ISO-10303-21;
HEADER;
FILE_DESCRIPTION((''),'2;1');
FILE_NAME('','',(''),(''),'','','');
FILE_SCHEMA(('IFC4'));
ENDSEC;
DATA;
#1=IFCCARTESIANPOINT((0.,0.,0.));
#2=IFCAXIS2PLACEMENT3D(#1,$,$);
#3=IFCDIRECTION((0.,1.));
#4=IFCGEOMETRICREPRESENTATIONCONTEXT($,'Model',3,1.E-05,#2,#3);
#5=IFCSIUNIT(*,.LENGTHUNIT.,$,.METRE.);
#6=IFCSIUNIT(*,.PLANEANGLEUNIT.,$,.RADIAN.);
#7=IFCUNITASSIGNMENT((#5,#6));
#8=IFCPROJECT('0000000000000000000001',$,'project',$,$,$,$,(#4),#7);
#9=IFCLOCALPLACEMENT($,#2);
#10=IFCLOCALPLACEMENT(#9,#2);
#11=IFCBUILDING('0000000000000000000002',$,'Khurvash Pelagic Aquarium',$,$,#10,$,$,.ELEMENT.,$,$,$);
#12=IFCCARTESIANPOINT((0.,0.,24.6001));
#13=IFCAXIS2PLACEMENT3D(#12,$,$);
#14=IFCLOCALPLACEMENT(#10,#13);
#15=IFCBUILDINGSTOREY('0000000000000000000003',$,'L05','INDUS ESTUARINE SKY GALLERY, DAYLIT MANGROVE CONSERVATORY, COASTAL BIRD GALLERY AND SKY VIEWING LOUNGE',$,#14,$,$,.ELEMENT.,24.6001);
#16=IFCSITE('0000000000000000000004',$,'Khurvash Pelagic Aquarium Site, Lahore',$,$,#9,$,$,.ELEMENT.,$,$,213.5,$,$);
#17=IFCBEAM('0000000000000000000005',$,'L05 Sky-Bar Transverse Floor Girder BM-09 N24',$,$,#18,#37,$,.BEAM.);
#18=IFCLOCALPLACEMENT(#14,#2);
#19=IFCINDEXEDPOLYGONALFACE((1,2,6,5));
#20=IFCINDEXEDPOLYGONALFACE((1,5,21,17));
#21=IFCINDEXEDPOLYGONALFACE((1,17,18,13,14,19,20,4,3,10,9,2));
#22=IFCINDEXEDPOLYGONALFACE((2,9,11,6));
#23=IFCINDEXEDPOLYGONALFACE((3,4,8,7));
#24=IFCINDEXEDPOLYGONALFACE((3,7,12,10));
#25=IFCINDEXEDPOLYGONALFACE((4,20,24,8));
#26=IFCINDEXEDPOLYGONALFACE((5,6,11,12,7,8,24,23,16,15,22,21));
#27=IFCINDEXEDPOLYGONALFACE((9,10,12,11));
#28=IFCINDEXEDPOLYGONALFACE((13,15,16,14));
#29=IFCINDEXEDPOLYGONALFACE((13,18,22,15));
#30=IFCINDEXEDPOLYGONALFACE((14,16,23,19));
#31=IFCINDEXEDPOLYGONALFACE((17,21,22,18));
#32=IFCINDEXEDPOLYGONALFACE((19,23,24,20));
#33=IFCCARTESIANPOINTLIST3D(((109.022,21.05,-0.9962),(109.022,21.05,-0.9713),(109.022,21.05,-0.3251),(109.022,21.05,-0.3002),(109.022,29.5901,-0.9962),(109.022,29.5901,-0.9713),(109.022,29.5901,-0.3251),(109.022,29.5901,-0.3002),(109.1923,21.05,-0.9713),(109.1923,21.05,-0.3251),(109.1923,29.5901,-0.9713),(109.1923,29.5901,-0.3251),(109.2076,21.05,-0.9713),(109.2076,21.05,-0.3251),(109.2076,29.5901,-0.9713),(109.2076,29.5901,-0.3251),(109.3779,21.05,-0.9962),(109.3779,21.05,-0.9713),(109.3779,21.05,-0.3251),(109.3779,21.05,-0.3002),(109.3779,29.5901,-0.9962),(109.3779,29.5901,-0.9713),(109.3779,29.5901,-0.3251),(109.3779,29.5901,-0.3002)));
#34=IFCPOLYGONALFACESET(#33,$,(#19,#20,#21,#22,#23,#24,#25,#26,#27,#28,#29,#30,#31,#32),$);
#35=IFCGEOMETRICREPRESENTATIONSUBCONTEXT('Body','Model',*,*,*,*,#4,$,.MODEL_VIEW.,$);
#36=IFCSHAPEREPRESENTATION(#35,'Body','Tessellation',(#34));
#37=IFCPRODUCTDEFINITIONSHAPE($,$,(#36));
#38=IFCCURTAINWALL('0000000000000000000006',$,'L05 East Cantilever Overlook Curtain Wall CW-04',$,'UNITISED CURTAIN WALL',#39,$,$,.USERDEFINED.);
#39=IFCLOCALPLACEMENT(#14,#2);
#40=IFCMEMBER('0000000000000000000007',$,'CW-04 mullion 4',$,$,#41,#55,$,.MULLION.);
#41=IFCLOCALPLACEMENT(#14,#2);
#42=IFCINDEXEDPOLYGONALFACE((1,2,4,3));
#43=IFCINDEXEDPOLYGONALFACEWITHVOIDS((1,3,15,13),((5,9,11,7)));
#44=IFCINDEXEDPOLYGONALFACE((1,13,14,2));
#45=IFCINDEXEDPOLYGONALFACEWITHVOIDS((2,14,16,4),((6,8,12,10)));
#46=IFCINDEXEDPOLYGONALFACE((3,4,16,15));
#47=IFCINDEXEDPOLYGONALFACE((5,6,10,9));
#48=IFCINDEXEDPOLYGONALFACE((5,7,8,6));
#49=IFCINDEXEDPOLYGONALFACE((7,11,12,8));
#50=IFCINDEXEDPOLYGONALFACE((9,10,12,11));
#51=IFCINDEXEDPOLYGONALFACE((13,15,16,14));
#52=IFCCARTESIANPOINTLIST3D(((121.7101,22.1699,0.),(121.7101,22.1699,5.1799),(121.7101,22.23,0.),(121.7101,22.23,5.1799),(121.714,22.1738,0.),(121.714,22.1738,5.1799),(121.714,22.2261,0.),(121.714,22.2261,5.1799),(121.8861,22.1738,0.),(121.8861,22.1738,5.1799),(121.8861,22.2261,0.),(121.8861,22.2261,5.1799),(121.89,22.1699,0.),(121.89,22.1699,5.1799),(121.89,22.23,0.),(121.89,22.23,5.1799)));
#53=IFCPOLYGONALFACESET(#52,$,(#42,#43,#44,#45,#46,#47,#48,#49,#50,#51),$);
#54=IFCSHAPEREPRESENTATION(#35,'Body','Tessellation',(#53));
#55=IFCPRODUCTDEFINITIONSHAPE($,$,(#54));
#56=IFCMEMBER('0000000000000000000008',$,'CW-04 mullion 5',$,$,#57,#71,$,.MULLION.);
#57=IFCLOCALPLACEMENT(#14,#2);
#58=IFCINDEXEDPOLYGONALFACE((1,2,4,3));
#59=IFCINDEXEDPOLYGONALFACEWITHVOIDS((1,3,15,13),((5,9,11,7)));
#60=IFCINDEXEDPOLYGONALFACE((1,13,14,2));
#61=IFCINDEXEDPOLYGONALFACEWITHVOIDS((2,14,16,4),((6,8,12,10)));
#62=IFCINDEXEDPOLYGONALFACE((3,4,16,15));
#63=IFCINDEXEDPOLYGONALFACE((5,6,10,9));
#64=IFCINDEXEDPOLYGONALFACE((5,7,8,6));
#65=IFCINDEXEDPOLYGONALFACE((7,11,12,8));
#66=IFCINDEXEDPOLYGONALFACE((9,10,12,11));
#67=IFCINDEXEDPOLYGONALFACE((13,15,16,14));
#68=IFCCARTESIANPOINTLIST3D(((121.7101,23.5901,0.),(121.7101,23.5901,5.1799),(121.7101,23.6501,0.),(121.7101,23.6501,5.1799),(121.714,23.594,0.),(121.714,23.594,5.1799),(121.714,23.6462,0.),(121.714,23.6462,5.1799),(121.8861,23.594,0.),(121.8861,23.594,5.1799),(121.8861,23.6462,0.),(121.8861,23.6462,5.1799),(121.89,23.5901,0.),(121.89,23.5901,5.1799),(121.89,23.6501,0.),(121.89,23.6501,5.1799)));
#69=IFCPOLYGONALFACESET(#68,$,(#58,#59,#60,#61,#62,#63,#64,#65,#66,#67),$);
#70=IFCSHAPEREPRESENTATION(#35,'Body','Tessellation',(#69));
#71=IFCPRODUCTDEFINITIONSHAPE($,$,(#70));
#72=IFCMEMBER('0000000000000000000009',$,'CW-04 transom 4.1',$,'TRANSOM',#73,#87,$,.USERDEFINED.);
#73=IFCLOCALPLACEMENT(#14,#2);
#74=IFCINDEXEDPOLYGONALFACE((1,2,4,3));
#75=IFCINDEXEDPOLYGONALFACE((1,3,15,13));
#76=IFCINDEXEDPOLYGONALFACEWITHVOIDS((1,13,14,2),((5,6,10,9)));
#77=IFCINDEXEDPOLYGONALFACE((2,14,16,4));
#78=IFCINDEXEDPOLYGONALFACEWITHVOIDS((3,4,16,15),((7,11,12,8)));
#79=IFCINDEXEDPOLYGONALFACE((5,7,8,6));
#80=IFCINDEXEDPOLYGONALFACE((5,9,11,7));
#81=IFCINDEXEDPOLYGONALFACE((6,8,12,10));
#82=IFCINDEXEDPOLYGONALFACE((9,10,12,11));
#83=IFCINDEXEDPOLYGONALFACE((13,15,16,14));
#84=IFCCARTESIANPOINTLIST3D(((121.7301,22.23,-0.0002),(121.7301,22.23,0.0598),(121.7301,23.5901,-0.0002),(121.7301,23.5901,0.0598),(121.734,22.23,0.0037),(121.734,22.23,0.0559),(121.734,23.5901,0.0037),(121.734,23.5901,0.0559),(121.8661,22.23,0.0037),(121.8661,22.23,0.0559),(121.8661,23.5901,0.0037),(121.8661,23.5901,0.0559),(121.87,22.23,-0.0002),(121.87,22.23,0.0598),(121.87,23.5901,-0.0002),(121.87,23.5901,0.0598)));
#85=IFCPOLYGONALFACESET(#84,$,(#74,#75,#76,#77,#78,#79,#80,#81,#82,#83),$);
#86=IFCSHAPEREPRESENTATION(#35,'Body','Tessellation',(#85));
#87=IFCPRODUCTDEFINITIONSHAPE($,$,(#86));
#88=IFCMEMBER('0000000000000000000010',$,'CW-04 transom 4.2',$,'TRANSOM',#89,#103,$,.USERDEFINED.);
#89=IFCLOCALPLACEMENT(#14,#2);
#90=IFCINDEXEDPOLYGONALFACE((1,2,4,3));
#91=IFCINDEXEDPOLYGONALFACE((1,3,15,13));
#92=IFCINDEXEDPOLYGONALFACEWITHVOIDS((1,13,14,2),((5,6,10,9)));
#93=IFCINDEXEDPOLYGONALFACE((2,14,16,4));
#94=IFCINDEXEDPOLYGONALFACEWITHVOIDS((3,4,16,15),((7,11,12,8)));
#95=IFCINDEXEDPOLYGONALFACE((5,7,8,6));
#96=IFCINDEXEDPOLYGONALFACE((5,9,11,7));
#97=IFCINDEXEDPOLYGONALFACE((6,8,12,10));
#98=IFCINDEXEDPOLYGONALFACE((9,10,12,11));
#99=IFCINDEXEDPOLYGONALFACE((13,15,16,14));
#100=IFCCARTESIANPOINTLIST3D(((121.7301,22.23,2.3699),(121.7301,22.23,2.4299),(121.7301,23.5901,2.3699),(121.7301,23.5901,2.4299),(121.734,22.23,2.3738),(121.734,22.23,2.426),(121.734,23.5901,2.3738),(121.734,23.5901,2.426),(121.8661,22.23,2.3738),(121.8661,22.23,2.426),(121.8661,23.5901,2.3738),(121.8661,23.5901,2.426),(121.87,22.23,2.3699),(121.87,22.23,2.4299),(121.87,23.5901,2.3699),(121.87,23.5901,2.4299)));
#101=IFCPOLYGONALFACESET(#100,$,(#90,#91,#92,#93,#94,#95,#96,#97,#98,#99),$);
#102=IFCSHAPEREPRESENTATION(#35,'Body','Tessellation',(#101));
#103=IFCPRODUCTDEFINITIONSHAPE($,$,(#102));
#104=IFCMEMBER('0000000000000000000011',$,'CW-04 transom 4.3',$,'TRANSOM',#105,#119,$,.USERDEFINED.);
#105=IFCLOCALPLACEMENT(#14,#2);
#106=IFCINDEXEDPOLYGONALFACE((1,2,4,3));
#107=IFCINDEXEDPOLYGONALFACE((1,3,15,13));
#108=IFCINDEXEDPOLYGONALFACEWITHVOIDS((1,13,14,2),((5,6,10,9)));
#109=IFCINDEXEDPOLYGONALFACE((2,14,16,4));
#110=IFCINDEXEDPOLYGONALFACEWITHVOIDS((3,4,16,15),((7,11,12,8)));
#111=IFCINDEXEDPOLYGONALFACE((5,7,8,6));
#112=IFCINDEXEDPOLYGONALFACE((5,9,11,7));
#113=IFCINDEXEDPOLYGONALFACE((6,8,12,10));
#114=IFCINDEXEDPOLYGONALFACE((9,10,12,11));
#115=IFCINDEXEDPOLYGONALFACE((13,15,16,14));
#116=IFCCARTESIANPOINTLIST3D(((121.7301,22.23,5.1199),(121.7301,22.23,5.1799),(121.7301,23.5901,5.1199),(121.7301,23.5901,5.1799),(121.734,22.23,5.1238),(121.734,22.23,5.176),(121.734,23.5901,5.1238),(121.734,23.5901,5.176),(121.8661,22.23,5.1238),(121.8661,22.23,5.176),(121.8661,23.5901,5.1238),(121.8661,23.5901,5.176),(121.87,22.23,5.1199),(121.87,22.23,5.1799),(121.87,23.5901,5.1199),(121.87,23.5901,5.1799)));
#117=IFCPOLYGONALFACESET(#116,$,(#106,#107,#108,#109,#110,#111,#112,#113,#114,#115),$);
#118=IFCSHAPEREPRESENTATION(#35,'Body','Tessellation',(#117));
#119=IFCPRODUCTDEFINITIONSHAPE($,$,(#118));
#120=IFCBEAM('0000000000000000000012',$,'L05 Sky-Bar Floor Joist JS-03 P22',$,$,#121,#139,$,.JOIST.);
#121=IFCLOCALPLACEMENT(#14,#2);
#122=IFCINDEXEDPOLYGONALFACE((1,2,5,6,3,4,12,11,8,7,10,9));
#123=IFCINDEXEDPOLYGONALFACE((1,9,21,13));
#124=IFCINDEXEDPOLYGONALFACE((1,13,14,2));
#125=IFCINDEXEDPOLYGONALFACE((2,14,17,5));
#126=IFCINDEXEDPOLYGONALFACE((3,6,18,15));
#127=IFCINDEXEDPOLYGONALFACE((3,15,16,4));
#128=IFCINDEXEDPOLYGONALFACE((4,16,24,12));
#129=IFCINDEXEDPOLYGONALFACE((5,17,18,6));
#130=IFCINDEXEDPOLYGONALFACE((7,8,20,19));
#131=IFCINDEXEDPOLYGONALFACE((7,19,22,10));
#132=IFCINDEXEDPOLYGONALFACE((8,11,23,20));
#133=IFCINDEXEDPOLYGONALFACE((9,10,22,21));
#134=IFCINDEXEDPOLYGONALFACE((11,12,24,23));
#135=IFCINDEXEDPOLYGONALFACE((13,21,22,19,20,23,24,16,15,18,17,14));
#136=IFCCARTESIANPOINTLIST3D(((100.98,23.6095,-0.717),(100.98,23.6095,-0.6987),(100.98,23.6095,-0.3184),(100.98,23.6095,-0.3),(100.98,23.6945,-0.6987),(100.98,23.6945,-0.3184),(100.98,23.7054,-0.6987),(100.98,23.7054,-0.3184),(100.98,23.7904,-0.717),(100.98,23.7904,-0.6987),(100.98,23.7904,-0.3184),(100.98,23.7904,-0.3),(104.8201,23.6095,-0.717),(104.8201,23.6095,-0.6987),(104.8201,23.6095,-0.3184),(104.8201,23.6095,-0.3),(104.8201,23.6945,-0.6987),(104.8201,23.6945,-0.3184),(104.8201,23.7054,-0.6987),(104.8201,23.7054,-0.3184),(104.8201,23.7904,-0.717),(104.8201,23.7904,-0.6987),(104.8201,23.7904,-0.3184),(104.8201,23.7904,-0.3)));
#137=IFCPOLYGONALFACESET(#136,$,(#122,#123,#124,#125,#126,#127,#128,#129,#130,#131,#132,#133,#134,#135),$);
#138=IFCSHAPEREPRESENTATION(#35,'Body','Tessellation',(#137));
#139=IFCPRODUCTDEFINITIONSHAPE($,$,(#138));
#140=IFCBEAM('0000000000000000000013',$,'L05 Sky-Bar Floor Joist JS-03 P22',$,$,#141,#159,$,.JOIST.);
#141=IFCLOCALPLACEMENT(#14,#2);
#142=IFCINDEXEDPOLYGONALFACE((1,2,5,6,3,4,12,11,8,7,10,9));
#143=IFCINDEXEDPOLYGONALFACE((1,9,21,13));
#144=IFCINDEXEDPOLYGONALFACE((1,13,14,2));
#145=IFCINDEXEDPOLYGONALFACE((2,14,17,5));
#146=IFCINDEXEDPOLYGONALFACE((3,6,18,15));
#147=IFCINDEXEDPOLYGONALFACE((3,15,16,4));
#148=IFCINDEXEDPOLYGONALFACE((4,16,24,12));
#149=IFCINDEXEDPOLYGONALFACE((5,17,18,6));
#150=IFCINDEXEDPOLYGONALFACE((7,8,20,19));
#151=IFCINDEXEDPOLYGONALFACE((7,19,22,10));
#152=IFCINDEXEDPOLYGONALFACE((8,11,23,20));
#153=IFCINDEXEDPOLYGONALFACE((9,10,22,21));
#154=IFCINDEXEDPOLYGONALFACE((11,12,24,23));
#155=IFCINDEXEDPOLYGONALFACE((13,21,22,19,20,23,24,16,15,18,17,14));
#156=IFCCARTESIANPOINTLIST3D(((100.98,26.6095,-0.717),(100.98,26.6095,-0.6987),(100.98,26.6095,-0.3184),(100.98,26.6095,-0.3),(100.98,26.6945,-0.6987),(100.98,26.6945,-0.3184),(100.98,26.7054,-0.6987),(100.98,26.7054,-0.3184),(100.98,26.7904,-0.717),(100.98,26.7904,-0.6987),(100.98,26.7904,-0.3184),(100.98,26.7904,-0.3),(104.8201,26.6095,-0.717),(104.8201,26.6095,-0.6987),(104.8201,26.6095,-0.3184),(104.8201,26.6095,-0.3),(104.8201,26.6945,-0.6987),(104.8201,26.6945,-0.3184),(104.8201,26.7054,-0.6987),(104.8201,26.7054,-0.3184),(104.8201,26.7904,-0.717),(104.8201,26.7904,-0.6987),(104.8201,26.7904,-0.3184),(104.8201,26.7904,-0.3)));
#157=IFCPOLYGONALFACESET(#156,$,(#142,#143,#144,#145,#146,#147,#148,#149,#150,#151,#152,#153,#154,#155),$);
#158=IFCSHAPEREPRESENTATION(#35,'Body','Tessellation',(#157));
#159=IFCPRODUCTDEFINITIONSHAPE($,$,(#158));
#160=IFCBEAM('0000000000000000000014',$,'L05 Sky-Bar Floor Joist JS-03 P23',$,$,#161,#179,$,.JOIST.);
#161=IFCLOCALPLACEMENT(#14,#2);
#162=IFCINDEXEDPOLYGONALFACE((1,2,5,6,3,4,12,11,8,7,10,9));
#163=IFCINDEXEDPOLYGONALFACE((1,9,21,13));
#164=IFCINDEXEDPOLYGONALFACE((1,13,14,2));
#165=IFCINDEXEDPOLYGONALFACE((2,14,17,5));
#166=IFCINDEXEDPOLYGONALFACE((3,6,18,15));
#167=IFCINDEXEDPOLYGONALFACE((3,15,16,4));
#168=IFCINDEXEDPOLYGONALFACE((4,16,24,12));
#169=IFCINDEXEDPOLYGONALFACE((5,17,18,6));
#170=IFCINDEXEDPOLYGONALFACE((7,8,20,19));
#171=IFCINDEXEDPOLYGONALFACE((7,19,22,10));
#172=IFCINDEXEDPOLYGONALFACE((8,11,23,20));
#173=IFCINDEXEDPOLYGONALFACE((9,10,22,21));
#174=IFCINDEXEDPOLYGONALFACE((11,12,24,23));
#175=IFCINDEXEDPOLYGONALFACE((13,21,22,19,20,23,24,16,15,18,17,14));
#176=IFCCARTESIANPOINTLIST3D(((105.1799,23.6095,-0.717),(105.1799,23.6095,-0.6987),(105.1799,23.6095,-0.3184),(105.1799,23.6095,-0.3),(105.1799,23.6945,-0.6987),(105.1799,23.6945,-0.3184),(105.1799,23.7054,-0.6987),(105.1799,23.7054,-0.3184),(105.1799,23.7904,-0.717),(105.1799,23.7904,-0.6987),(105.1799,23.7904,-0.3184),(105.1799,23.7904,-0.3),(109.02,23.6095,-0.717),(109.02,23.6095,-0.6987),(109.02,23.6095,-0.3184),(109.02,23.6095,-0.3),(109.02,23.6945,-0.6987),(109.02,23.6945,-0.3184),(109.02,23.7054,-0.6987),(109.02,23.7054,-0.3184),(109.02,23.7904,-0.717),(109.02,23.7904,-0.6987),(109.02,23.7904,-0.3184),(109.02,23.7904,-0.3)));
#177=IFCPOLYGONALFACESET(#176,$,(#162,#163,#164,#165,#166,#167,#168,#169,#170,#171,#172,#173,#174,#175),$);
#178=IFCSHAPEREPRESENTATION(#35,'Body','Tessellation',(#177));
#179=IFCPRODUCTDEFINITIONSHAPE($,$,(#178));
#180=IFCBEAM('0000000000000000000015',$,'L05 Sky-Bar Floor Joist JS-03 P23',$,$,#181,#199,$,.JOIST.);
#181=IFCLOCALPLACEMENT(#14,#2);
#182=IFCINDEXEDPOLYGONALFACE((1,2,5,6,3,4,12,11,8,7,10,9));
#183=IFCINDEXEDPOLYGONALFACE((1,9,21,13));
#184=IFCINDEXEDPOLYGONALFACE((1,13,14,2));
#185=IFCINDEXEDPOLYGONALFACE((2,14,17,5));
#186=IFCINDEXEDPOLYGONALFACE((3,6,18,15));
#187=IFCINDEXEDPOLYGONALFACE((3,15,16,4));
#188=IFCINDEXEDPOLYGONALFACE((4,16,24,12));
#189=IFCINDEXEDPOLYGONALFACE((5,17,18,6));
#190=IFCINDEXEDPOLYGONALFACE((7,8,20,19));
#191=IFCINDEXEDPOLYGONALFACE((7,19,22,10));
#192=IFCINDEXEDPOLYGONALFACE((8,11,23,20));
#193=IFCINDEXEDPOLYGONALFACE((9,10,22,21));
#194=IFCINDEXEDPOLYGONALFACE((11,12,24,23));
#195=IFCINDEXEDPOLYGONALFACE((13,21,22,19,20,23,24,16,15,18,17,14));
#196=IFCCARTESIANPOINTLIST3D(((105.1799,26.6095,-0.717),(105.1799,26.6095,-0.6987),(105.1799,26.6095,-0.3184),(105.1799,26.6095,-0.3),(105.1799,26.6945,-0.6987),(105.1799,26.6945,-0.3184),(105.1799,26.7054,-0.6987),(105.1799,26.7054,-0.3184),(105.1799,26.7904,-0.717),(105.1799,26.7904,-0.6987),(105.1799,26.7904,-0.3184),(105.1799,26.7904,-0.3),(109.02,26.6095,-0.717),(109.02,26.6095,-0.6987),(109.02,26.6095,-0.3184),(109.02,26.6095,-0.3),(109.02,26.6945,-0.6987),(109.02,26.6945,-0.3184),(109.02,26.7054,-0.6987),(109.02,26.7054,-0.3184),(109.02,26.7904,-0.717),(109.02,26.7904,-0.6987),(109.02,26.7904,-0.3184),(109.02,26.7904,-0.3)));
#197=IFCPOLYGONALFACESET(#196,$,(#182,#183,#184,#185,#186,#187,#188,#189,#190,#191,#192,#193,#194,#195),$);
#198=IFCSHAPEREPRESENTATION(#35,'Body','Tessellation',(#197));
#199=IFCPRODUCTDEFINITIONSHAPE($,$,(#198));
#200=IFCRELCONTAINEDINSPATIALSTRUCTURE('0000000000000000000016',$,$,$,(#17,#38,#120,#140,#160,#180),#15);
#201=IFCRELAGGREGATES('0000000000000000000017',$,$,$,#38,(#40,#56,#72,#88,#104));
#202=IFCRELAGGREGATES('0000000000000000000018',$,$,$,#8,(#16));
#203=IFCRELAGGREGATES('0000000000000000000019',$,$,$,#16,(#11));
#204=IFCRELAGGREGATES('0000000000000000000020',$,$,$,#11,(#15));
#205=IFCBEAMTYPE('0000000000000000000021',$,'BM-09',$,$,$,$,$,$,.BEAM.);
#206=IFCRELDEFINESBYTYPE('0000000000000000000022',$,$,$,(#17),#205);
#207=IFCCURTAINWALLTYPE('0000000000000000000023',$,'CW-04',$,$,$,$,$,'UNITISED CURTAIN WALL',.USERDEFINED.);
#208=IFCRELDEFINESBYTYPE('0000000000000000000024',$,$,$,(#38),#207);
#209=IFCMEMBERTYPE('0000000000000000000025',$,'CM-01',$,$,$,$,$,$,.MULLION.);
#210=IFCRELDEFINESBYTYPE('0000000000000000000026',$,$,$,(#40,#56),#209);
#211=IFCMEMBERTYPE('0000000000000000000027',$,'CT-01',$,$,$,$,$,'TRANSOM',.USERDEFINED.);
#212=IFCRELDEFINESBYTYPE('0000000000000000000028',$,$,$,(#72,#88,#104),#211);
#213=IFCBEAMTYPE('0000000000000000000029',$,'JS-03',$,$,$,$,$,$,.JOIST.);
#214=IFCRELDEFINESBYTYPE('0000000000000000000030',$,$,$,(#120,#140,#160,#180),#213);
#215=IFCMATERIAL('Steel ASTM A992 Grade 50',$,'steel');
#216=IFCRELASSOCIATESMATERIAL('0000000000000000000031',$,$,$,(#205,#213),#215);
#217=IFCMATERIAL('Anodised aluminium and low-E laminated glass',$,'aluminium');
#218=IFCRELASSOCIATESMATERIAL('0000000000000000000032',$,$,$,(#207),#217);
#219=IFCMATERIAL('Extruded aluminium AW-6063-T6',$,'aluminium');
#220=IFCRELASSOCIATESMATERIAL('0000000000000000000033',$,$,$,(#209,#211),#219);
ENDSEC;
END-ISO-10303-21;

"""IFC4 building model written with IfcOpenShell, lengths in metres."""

from ifc_helpers import new_model, si_unit, direction, frame, origin, origin_2d, place, context, subcontext, project, spatial, hollow_rectangle, i_section, extrude, material, material_profile, profile_set, type_object, element, aggregate, save


model = new_model("IFC4")

# Units and contexts
model_context = context("Model", 3, precision=1e-05, world=origin(), true_north=direction((0.0, 1.0)))
body_context = subcontext(model_context, "Body", "Model", "MODEL_VIEW")
ifc_project = project(units=[si_unit("LENGTHUNIT", "METRE"), si_unit("PLANEANGLEUNIT", "RADIAN")], contexts=[model_context])

# Site, building, storey
site_placement = place(None, origin())
site = spatial("IfcSite", under=ifc_project, at=site_placement, Name="Khurvash Pelagic Aquarium Site, Lahore", CompositionType="ELEMENT", RefElevation=213.5)
building_placement = place(site_placement, origin())
building = spatial("IfcBuilding", under=site, at=building_placement, Name="Khurvash Pelagic Aquarium", CompositionType="ELEMENT")
storey_placement = place(building_placement, frame((0.0, 0.0, 24.6001)))
storey = spatial("IfcBuildingStorey", under=building, at=storey_placement, Name="L05", Description="INDUS ESTUARINE SKY GALLERY, DAYLIT MANGROVE CONSERVATORY, COASTAL BIRD GALLERY AND SKY VIEWING LOUNGE", CompositionType="ELEMENT", Elevation=24.6001)

# Beam
ifc_material_1 = material(Name="Steel ASTM A992 Grade 50", Category="steel")
ifc_material_profile_1 = material_profile(ifc_material_1, i_section(OverallWidth=0.356, OverallDepth=0.696, WebThickness=0.0154, FlangeThickness=0.0249, at=origin_2d()), Name="W27X146")
ifc_profile_set_1 = profile_set([ifc_material_profile_1], Name="Steel ASTM A992 Grade 50")
beam_type_1 = type_object("IfcBeamType", Name="BM-09", PredefinedType="BEAM", material=ifc_profile_set_1)
beam_placement = place(storey_placement, frame((109.2, 21.05, -0.6482), z_axis=(0.0, 1.0, 0.0), x_axis=(-1.0, 0.0, 0.0)))
element("IfcBeam", 1, at=beam_placement, inside=storey, type_object=beam_type_1, Name="L05 Sky-Bar Transverse Floor Girder BM-09 N24", PredefinedType="BEAM", context=body_context, shape_type="SweptSolid", body=[
    extrude(i_section(OverallWidth=0.356, OverallDepth=0.696, WebThickness=0.0154, FlangeThickness=0.0249, at=origin_2d()), origin(), (0.0, 0.0, 1.0), 8.54),
])

# Curtain wall, members
ifc_material_2 = material(Name="Anodised aluminium and low-E laminated glass", Category="aluminium")
curtain_wall_type = type_object("IfcCurtainWallType", Name="CW-04", ElementType="UNITISED CURTAIN WALL", PredefinedType="USERDEFINED", material=ifc_material_2)
curtain_wall_placement = place(storey_placement, origin())
curtain_wall = element("IfcCurtainWall", 2, at=curtain_wall_placement, inside=storey, type_object=curtain_wall_type, Name="L05 East Cantilever Overlook Curtain Wall CW-04", ObjectType="UNITISED CURTAIN WALL", PredefinedType="USERDEFINED")
ifc_material_3 = material(Name="Extruded aluminium AW-6063-T6", Category="aluminium")
ifc_material_profile_2 = material_profile(ifc_material_3, hollow_rectangle(XDim=0.0601, YDim=0.1799, WallThickness=0.0039, at=origin_2d()), Name="CWM60X180X4")
ifc_profile_set_2 = profile_set([ifc_material_profile_2], Name="Extruded aluminium AW-6063-T6")
member_type_1 = type_object("IfcMemberType", Name="CM-01", PredefinedType="MULLION", material=ifc_profile_set_2)
member_1_placement = place(storey_placement, frame((121.8, 22.2, 0.0), z_axis=(0.0, 0.0, 1.0), x_axis=(0.0, 1.0, 0.0)))
member_1 = element("IfcMember", 3, at=member_1_placement, type_object=member_type_1, Name="CW-04 mullion 4", PredefinedType="MULLION", context=body_context, shape_type="SweptSolid", body=[
    extrude(hollow_rectangle(XDim=0.0601, YDim=0.1799, WallThickness=0.0039, at=origin_2d()), origin(), (0.0, 0.0, 1.0), 5.1799),
])
member_2_placement = place(storey_placement, frame((121.8, 23.6201, 0.0), z_axis=(0.0, 0.0, 1.0), x_axis=(0.0, 1.0, 0.0)))
member_2 = element("IfcMember", 4, at=member_2_placement, type_object=member_type_1, Name="CW-04 mullion 5", PredefinedType="MULLION", context=body_context, shape_type="SweptSolid", body=[
    extrude(hollow_rectangle(XDim=0.0601, YDim=0.1799, WallThickness=0.0039, at=origin_2d()), origin(), (0.0, 0.0, 1.0), 5.1799),
])
ifc_material_profile_3 = material_profile(ifc_material_3, hollow_rectangle(XDim=0.1399, YDim=0.0601, WallThickness=0.0039, at=origin_2d()), Name="CWT140X60X4")
ifc_profile_set_3 = profile_set([ifc_material_profile_3], Name="Extruded aluminium AW-6063-T6")
member_type_2 = type_object("IfcMemberType", Name="CT-01", ElementType="TRANSOM", PredefinedType="USERDEFINED", material=ifc_profile_set_3)
member_3_placement = place(storey_placement, frame((121.8, 22.23, 0.0298), z_axis=(0.0, 1.0, 0.0), x_axis=(-1.0, 0.0, 0.0)))
member_3 = element("IfcMember", 5, at=member_3_placement, type_object=member_type_2, Name="CW-04 transom 4.1", ObjectType="TRANSOM", PredefinedType="USERDEFINED", context=body_context, shape_type="SweptSolid", body=[
    extrude(hollow_rectangle(XDim=0.1399, YDim=0.0601, WallThickness=0.0039, at=origin_2d()), origin(), (0.0, 0.0, 1.0), 1.3601),
])
member_4_placement = place(storey_placement, frame((121.8, 22.23, 2.3999), z_axis=(0.0, 1.0, 0.0), x_axis=(-1.0, 0.0, 0.0)))
member_4 = element("IfcMember", 6, at=member_4_placement, type_object=member_type_2, Name="CW-04 transom 4.2", ObjectType="TRANSOM", PredefinedType="USERDEFINED", context=body_context, shape_type="SweptSolid", body=[
    extrude(hollow_rectangle(XDim=0.1399, YDim=0.0601, WallThickness=0.0039, at=origin_2d()), origin(), (0.0, 0.0, 1.0), 1.3601),
])
member_5_placement = place(storey_placement, frame((121.8, 22.23, 5.1499), z_axis=(0.0, 1.0, 0.0), x_axis=(-1.0, 0.0, 0.0)))
member_5 = element("IfcMember", 7, at=member_5_placement, type_object=member_type_2, Name="CW-04 transom 4.3", ObjectType="TRANSOM", PredefinedType="USERDEFINED", context=body_context, shape_type="SweptSolid", body=[
    extrude(hollow_rectangle(XDim=0.1399, YDim=0.0601, WallThickness=0.0039, at=origin_2d()), origin(), (0.0, 0.0, 1.0), 1.3601),
])

# Beams
ifc_material_profile_4 = material_profile(ifc_material_1, i_section(OverallWidth=0.1809, OverallDepth=0.417, WebThickness=0.011, FlangeThickness=0.0183, at=origin_2d()), Name="W16X57")
ifc_profile_set_4 = profile_set([ifc_material_profile_4], Name="Steel ASTM A992 Grade 50")
beam_type_2 = type_object("IfcBeamType", Name="JS-03", PredefinedType="JOIST", material=ifc_profile_set_4)
for number, where, z_axis, x_axis, name in (
    (8, (100.98, 23.7, -0.5085), (1.0, 0.0, 0.0), (0.0, 1.0, 0.0), "L05 Sky-Bar Floor Joist JS-03 P22"),
    (9, (100.98, 26.7, -0.5085), (1.0, 0.0, 0.0), (0.0, 1.0, 0.0), "L05 Sky-Bar Floor Joist JS-03 P22"),
    (10, (105.1799, 23.7, -0.5085), (1.0, 0.0, 0.0), (0.0, 1.0, 0.0), "L05 Sky-Bar Floor Joist JS-03 P23"),
    (11, (105.1799, 26.7, -0.5085), (1.0, 0.0, 0.0), (0.0, 1.0, 0.0), "L05 Sky-Bar Floor Joist JS-03 P23"),
):
    element("IfcBeam", number, at=place(storey_placement, frame(where, z_axis=z_axis, x_axis=x_axis)), inside=storey, type_object=beam_type_2, Name=name, PredefinedType="JOIST", context=body_context, shape_type="SweptSolid", body=[
        extrude(i_section(OverallWidth=0.1809, OverallDepth=0.417, WebThickness=0.011, FlangeThickness=0.0183, at=origin_2d()), origin(), (0.0, 0.0, 1.0), 3.8401),
    ])

aggregate(curtain_wall, [member_1, member_2, member_3, member_4, member_5])

save(model, "model.ifc")
